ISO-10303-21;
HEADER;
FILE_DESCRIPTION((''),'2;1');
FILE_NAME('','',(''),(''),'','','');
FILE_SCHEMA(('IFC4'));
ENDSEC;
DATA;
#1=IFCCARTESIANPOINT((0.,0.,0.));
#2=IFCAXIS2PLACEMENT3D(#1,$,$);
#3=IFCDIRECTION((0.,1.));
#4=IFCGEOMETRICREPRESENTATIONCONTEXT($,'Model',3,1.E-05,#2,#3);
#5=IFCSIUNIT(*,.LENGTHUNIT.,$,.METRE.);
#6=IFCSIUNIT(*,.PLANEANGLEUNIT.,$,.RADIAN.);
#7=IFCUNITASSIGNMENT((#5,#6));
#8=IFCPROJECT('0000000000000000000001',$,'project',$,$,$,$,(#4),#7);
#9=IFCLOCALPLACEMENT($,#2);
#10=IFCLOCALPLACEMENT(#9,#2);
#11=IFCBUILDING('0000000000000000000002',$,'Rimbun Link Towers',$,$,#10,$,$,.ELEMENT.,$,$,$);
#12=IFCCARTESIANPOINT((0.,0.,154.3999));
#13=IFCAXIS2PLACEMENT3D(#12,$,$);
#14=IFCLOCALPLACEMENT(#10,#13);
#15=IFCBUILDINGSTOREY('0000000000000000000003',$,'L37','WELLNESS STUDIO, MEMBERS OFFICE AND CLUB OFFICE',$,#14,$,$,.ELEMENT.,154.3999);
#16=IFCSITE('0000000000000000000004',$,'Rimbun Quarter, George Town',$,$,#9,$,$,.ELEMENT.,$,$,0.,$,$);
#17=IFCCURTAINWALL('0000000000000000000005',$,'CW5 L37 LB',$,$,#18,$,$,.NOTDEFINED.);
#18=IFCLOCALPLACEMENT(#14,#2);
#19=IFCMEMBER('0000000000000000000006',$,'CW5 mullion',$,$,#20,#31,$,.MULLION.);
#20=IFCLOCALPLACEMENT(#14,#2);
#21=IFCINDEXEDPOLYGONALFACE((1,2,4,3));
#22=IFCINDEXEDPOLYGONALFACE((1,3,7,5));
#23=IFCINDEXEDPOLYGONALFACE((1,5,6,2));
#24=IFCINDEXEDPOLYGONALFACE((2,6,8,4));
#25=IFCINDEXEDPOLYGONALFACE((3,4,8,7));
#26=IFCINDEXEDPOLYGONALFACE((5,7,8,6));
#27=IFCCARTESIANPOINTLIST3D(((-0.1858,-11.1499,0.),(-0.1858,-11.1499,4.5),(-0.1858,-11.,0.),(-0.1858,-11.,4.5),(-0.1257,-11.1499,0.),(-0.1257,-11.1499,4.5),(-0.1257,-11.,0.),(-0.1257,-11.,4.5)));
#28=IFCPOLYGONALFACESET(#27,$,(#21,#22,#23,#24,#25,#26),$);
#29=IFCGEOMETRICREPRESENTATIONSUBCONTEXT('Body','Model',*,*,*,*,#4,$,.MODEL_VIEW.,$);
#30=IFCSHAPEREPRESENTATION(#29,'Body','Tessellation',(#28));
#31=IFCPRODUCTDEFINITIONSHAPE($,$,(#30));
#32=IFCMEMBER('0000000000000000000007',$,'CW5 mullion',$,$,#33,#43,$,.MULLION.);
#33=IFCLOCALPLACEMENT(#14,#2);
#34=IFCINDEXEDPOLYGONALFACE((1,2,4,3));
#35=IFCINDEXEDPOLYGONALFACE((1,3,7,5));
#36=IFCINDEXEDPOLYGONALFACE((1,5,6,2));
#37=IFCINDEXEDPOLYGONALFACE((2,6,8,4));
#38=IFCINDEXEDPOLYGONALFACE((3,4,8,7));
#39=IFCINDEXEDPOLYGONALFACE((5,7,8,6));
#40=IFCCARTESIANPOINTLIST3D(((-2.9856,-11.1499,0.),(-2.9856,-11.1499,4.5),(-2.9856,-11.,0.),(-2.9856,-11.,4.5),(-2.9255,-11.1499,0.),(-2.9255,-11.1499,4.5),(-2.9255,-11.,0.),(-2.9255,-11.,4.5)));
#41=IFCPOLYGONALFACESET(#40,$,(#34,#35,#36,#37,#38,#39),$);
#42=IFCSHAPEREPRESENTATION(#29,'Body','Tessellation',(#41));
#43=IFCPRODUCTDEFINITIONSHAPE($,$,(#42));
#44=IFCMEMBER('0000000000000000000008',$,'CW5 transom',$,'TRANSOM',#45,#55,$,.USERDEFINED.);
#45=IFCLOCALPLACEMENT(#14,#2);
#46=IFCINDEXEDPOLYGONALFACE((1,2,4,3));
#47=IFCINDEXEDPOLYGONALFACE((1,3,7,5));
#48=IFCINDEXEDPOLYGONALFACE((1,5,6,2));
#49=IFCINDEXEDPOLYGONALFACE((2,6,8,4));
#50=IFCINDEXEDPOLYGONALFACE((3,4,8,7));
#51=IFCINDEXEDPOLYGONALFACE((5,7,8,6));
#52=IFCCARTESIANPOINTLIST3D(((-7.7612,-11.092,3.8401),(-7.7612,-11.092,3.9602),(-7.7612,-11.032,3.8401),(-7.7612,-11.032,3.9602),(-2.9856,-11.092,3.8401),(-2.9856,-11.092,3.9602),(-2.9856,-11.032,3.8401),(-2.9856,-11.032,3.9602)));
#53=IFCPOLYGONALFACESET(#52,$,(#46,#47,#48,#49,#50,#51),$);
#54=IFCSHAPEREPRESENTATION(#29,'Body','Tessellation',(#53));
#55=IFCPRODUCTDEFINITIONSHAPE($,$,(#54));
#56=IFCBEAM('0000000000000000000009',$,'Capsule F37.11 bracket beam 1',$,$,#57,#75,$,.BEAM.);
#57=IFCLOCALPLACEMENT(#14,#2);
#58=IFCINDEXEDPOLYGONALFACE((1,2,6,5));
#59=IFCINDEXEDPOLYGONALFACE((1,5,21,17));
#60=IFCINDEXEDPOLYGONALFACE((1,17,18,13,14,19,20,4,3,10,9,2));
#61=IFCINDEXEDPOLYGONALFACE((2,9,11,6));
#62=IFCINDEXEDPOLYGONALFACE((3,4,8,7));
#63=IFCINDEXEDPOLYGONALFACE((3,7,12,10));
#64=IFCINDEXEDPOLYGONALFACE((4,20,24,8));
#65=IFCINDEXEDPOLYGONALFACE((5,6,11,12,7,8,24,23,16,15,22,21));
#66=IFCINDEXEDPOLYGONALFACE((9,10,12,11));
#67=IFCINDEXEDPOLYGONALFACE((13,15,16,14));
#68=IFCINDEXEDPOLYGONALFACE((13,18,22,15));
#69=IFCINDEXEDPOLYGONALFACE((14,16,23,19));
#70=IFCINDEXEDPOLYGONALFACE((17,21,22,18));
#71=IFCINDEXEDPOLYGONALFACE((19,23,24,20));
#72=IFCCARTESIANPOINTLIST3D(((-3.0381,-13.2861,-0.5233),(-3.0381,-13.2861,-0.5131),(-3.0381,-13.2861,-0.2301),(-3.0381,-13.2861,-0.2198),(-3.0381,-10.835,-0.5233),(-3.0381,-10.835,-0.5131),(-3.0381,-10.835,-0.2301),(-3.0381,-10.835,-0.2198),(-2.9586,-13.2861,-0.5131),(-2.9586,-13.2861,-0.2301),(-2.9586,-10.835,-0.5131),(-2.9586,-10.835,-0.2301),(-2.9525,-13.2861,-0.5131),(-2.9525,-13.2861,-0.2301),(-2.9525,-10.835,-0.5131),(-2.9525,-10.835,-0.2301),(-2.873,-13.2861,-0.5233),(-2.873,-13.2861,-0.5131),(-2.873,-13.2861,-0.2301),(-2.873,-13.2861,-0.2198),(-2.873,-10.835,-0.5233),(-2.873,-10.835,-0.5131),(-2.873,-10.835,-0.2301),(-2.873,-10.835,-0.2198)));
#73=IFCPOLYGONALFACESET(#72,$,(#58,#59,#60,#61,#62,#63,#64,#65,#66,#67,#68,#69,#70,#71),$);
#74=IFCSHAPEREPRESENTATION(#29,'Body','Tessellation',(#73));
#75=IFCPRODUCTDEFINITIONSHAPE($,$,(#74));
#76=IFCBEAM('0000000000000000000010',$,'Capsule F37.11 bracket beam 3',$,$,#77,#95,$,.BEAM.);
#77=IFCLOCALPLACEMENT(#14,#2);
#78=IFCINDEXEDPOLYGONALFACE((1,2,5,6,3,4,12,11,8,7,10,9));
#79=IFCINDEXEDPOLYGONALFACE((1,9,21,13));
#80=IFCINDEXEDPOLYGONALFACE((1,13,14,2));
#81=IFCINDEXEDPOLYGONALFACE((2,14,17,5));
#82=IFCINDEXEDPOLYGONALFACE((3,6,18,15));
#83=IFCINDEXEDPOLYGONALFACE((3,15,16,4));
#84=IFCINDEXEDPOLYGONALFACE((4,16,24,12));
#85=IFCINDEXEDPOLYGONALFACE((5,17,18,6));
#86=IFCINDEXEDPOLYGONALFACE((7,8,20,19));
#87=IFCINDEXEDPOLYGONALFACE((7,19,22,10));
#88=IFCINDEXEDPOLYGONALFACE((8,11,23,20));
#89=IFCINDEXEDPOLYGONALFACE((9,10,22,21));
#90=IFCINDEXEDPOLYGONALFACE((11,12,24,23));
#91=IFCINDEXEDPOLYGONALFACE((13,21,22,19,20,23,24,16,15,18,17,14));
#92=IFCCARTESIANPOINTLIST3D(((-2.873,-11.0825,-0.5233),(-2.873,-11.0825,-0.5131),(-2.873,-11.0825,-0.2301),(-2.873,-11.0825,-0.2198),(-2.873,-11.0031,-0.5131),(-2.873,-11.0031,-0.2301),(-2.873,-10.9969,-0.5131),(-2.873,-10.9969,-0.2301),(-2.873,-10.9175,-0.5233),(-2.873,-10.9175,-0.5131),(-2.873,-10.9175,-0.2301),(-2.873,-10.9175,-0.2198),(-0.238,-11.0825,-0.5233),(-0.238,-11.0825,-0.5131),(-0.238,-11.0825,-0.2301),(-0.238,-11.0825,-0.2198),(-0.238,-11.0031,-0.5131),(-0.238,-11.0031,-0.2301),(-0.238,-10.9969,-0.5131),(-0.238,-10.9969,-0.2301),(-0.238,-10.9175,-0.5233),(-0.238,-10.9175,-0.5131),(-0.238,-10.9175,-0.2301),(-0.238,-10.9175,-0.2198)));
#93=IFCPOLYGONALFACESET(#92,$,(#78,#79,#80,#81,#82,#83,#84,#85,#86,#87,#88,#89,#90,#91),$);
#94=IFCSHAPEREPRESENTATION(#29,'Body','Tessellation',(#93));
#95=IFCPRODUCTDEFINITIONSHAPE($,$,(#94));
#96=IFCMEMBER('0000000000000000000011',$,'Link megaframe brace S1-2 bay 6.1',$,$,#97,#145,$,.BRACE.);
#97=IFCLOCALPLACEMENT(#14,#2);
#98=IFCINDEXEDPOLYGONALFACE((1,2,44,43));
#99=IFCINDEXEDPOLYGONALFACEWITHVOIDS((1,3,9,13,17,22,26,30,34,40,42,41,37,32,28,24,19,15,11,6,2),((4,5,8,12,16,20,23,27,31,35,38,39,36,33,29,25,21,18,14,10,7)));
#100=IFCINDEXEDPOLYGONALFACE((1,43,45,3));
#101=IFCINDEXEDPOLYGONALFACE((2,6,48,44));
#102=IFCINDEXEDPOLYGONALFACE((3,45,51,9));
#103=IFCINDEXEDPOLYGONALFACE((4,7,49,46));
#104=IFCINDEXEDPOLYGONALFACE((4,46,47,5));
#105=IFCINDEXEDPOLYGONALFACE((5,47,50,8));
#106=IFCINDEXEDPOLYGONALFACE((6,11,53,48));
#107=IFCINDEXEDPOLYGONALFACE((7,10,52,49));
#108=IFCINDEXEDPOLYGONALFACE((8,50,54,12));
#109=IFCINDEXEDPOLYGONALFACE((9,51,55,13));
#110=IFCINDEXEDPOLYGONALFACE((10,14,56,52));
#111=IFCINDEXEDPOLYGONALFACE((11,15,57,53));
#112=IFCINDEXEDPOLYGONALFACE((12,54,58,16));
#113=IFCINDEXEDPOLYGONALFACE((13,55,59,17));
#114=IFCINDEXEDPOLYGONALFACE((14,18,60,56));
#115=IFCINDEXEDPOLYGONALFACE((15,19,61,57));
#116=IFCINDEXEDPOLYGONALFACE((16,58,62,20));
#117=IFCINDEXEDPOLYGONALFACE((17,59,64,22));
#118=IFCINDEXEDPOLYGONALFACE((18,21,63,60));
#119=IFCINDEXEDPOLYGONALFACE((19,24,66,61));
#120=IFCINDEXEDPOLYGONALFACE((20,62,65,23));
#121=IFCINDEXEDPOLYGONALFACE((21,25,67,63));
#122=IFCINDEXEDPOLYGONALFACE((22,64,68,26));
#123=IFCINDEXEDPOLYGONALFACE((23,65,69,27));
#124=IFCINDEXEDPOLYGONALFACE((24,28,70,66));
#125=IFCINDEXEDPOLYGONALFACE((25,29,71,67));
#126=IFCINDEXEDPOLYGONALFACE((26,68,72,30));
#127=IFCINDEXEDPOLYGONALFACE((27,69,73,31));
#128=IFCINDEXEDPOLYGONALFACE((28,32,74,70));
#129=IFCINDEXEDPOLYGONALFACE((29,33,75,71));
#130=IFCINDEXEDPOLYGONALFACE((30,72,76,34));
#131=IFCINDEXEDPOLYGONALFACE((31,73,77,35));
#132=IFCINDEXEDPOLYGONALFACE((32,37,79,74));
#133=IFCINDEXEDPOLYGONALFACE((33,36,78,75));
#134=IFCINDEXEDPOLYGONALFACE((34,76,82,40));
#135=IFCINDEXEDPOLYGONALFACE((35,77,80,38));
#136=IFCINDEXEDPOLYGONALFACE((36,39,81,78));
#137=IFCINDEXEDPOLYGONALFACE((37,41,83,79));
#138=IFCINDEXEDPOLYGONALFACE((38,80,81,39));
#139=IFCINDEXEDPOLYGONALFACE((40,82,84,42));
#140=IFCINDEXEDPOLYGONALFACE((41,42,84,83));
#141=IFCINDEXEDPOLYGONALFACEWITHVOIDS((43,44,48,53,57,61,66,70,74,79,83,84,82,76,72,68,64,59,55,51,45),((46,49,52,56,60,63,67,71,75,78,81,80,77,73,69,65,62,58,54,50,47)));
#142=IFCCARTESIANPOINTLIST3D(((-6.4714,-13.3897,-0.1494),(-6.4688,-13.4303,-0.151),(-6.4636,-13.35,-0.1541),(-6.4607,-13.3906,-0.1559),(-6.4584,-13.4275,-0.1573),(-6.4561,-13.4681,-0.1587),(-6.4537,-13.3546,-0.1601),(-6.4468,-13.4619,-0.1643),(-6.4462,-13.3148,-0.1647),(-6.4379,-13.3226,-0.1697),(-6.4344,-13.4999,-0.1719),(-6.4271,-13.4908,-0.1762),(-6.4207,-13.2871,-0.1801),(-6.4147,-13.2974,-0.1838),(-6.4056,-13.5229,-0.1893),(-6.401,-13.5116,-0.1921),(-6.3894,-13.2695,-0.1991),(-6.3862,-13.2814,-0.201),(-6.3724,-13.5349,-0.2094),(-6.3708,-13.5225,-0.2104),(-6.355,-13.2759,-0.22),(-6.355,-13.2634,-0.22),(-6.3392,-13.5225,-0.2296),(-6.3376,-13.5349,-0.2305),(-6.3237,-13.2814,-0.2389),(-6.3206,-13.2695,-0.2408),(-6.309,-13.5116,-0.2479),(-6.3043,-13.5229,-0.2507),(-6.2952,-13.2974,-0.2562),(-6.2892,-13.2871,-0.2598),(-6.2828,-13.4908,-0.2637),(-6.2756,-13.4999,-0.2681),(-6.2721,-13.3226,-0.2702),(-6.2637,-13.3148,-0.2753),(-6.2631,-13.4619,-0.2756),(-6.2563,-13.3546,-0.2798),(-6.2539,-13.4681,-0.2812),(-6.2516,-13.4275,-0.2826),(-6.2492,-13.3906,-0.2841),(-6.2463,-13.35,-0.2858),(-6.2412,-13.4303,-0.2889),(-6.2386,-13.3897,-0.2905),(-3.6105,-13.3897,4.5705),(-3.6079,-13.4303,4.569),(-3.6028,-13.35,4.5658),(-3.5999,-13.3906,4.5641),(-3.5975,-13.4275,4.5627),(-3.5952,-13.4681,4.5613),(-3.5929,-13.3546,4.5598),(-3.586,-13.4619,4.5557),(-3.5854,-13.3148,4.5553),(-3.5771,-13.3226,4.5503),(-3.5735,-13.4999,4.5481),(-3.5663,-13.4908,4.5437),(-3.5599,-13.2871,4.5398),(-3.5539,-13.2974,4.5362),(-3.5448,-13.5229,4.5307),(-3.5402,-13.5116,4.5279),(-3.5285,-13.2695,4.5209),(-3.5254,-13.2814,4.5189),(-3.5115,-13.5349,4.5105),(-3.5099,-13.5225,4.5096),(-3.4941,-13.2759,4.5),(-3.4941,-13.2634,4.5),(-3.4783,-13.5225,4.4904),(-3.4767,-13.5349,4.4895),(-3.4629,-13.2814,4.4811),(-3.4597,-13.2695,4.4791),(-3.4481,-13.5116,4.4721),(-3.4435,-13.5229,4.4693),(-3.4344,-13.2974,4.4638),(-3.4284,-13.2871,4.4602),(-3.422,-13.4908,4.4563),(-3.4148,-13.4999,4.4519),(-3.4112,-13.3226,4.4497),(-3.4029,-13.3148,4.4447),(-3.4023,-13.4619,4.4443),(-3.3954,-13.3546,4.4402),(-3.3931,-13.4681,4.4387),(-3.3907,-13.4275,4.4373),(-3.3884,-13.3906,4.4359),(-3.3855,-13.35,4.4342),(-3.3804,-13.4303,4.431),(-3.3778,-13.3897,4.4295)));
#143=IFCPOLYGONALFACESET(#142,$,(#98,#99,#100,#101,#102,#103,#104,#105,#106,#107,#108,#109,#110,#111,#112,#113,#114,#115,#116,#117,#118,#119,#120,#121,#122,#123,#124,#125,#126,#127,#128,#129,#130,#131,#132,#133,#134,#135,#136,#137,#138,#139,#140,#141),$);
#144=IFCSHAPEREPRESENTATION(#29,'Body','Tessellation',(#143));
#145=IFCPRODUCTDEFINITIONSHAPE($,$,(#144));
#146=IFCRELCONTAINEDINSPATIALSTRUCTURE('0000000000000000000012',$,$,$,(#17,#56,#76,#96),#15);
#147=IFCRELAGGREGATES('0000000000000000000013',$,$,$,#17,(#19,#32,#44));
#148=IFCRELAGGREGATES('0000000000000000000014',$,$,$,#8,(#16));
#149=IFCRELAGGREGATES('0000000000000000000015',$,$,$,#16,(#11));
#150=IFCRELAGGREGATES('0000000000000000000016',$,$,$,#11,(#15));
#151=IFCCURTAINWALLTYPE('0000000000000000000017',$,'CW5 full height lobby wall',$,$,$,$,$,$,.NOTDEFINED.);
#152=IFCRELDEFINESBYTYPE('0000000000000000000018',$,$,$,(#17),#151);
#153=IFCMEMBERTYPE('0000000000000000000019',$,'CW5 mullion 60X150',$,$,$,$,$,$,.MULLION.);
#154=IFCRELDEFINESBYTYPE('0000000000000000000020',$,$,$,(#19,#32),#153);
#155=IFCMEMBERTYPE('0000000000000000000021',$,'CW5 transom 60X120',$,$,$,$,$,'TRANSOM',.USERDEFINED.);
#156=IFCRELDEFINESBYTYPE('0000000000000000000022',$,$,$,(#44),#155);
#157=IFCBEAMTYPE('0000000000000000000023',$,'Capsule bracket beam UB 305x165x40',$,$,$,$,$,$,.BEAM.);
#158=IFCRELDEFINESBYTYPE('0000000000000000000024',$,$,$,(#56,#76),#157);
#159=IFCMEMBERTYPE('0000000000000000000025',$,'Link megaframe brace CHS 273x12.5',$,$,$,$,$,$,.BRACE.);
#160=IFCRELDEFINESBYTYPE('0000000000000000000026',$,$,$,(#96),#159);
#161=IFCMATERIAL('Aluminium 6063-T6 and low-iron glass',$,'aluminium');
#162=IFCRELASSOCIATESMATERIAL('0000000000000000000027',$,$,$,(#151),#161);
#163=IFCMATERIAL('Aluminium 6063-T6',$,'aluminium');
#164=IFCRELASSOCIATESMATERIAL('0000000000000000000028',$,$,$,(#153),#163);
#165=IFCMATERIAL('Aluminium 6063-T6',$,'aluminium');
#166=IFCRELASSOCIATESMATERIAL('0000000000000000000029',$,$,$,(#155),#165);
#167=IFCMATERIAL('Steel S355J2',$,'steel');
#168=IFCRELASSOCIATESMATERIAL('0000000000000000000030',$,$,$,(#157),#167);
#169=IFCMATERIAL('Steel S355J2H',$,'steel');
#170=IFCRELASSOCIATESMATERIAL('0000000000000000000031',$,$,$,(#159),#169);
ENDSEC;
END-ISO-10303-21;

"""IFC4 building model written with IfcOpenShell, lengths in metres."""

from ifc_helpers import new_model, si_unit, direction, frame, origin, origin_2d, place, context, subcontext, project, spatial, rectangle, hollow_circle, i_section, extrude, material, material_profile, profile_set, type_object, element, aggregate, save


model = new_model("IFC4")

# Units and contexts
model_context = context("Model", 3, precision=1e-05, world=origin(), true_north=direction((0.0, 1.0)))
body_context = subcontext(model_context, "Body", "Model", "MODEL_VIEW")
ifc_project = project(units=[si_unit("LENGTHUNIT", "METRE"), si_unit("PLANEANGLEUNIT", "RADIAN")], contexts=[model_context])

# Site, building, storey
site_placement = place(None, origin())
site = spatial("IfcSite", under=ifc_project, at=site_placement, Name="Rimbun Quarter, George Town", CompositionType="ELEMENT", RefElevation=0.0)
building_placement = place(site_placement, origin())
building = spatial("IfcBuilding", under=site, at=building_placement, Name="Rimbun Link Towers", CompositionType="ELEMENT")
storey_placement = place(building_placement, frame((0.0, 0.0, 154.3999)))
storey = spatial("IfcBuildingStorey", under=building, at=storey_placement, Name="L37", Description="WELLNESS STUDIO, MEMBERS OFFICE AND CLUB OFFICE", CompositionType="ELEMENT", Elevation=154.3999)

# Curtain wall, members
ifc_material_1 = material(Name="Aluminium 6063-T6 and low-iron glass", Category="aluminium")
curtain_wall_type = type_object("IfcCurtainWallType", Name="CW5 full height lobby wall", PredefinedType="NOTDEFINED", material=ifc_material_1)
curtain_wall_placement = place(storey_placement, origin())
curtain_wall = element("IfcCurtainWall", 1, at=curtain_wall_placement, inside=storey, type_object=curtain_wall_type, Name="CW5 L37 LB", PredefinedType="NOTDEFINED")
ifc_material_2 = material(Name="Aluminium 6063-T6", Category="aluminium")
ifc_material_profile_1 = material_profile(ifc_material_2, rectangle(XDim=0.1499, YDim=0.0601, at=origin_2d()), Name="MULLION 60X150")
ifc_profile_set_1 = profile_set([ifc_material_profile_1], Name="Aluminium 6063-T6")
member_type_1 = type_object("IfcMemberType", Name="CW5 mullion 60X150", PredefinedType="MULLION", material=ifc_profile_set_1)
member_1_placement = place(storey_placement, frame((-0.1558, -11.075, 0.0), z_axis=(0.0, 0.0, 1.0), x_axis=(0.0, -1.0, 0.0)))
member_1 = element("IfcMember", 2, at=member_1_placement, type_object=member_type_1, Name="CW5 mullion", PredefinedType="MULLION", context=body_context, shape_type="SweptSolid", body=[
    extrude(rectangle(XDim=0.1499, YDim=0.0601, at=origin_2d()), origin(), (0.0, 0.0, 1.0), 4.5),
])
member_2_placement = place(storey_placement, frame((-2.9556, -11.075, 0.0), z_axis=(0.0, 0.0, 1.0), x_axis=(0.0, -1.0, 0.0)))
member_2 = element("IfcMember", 3, at=member_2_placement, type_object=member_type_1, Name="CW5 mullion", PredefinedType="MULLION", context=body_context, shape_type="SweptSolid", body=[
    extrude(rectangle(XDim=0.1499, YDim=0.0601, at=origin_2d()), origin(), (0.0, 0.0, 1.0), 4.5),
])
ifc_material_3 = material(Name="Aluminium 6063-T6", Category="aluminium")
ifc_material_profile_2 = material_profile(ifc_material_3, rectangle(XDim=0.0601, YDim=0.1201, at=origin_2d()), Name="TRANSOM 60X120")
ifc_profile_set_2 = profile_set([ifc_material_profile_2], Name="Aluminium 6063-T6")
member_type_2 = type_object("IfcMemberType", Name="CW5 transom 60X120", ElementType="TRANSOM", PredefinedType="USERDEFINED", material=ifc_profile_set_2)
member_3_placement = place(storey_placement, frame((-2.9856, -11.062, 3.9001), z_axis=(-1.0, 0.0, 0.0), x_axis=(0.0, -1.0, 0.0)))
member_3 = element("IfcMember", 4, at=member_3_placement, type_object=member_type_2, Name="CW5 transom", ObjectType="TRANSOM", PredefinedType="USERDEFINED", context=body_context, shape_type="SweptSolid", body=[
    extrude(rectangle(XDim=0.0601, YDim=0.1201, at=origin_2d()), origin(), (0.0, 0.0, 1.0), 4.7756),
])

# Beams
ifc_material_4 = material(Name="Steel S355J2", Category="steel")
ifc_material_profile_3 = material_profile(ifc_material_4, i_section(OverallWidth=0.165, OverallDepth=0.3035, WebThickness=0.0061, FlangeThickness=0.0103, at=origin_2d()), Name="UB 305x165x40")
ifc_profile_set_3 = profile_set([ifc_material_profile_3], Name="Steel S355J2")
beam_type_1 = type_object("IfcBeamType", Name="Capsule bracket beam UB 305x165x40", PredefinedType="BEAM", material=ifc_profile_set_3)
beam_1_placement = place(storey_placement, frame((-2.9556, -10.835, -0.3716), z_axis=(0.0, -1.0, 0.0), x_axis=(1.0, 0.0, 0.0)))
element("IfcBeam", 5, at=beam_1_placement, inside=storey, type_object=beam_type_1, Name="Capsule F37.11 bracket beam 1", PredefinedType="BEAM", context=body_context, shape_type="SweptSolid", body=[
    extrude(i_section(OverallWidth=0.165, OverallDepth=0.3035, WebThickness=0.0061, FlangeThickness=0.0103, at=origin_2d()), origin(), (0.0, 0.0, 1.0), 2.4512),
])
beam_2_placement = place(storey_placement, frame((-2.873, -11.0, -0.3716), z_axis=(1.0, 0.0, 0.0), x_axis=(0.0, 1.0, 0.0)))
element("IfcBeam", 6, at=beam_2_placement, inside=storey, type_object=beam_type_1, Name="Capsule F37.11 bracket beam 3", PredefinedType="BEAM", context=body_context, shape_type="SweptSolid", body=[
    extrude(i_section(OverallWidth=0.165, OverallDepth=0.3035, WebThickness=0.0061, FlangeThickness=0.0103, at=origin_2d()), origin(), (0.0, 0.0, 1.0), 2.635),
])

# Member
ifc_material_5 = material(Name="Steel S355J2H", Category="steel")
ifc_material_profile_4 = material_profile(ifc_material_5, hollow_circle(Radius=0.1365, WallThickness=0.0125, at=origin_2d()), Name="CHS 273x12.5")
ifc_profile_set_4 = profile_set([ifc_material_profile_4], Name="Steel S355J2H")
member_type_3 = type_object("IfcMemberType", Name="Link megaframe brace CHS 273x12.5", PredefinedType="BRACE", material=ifc_profile_set_4)
member_4_placement = place(storey_placement, frame((-6.355, -13.3999, -0.22), z_axis=(0.518335, 0.0, 0.855178), x_axis=(0.0, 1.0, 0.0)))
element("IfcMember", 7, at=member_4_placement, inside=storey, type_object=member_type_3, Name="Link megaframe brace S1-2 bay 6.1", PredefinedType="BRACE", context=body_context, shape_type="SweptSolid", body=[
    extrude(hollow_circle(Radius=0.1365, WallThickness=0.0125, at=origin_2d()), origin(), (0.0, 0.0, 1.0), 5.5193),
])

aggregate(curtain_wall, [member_1, member_2, member_3])

save(model, "model.ifc")
